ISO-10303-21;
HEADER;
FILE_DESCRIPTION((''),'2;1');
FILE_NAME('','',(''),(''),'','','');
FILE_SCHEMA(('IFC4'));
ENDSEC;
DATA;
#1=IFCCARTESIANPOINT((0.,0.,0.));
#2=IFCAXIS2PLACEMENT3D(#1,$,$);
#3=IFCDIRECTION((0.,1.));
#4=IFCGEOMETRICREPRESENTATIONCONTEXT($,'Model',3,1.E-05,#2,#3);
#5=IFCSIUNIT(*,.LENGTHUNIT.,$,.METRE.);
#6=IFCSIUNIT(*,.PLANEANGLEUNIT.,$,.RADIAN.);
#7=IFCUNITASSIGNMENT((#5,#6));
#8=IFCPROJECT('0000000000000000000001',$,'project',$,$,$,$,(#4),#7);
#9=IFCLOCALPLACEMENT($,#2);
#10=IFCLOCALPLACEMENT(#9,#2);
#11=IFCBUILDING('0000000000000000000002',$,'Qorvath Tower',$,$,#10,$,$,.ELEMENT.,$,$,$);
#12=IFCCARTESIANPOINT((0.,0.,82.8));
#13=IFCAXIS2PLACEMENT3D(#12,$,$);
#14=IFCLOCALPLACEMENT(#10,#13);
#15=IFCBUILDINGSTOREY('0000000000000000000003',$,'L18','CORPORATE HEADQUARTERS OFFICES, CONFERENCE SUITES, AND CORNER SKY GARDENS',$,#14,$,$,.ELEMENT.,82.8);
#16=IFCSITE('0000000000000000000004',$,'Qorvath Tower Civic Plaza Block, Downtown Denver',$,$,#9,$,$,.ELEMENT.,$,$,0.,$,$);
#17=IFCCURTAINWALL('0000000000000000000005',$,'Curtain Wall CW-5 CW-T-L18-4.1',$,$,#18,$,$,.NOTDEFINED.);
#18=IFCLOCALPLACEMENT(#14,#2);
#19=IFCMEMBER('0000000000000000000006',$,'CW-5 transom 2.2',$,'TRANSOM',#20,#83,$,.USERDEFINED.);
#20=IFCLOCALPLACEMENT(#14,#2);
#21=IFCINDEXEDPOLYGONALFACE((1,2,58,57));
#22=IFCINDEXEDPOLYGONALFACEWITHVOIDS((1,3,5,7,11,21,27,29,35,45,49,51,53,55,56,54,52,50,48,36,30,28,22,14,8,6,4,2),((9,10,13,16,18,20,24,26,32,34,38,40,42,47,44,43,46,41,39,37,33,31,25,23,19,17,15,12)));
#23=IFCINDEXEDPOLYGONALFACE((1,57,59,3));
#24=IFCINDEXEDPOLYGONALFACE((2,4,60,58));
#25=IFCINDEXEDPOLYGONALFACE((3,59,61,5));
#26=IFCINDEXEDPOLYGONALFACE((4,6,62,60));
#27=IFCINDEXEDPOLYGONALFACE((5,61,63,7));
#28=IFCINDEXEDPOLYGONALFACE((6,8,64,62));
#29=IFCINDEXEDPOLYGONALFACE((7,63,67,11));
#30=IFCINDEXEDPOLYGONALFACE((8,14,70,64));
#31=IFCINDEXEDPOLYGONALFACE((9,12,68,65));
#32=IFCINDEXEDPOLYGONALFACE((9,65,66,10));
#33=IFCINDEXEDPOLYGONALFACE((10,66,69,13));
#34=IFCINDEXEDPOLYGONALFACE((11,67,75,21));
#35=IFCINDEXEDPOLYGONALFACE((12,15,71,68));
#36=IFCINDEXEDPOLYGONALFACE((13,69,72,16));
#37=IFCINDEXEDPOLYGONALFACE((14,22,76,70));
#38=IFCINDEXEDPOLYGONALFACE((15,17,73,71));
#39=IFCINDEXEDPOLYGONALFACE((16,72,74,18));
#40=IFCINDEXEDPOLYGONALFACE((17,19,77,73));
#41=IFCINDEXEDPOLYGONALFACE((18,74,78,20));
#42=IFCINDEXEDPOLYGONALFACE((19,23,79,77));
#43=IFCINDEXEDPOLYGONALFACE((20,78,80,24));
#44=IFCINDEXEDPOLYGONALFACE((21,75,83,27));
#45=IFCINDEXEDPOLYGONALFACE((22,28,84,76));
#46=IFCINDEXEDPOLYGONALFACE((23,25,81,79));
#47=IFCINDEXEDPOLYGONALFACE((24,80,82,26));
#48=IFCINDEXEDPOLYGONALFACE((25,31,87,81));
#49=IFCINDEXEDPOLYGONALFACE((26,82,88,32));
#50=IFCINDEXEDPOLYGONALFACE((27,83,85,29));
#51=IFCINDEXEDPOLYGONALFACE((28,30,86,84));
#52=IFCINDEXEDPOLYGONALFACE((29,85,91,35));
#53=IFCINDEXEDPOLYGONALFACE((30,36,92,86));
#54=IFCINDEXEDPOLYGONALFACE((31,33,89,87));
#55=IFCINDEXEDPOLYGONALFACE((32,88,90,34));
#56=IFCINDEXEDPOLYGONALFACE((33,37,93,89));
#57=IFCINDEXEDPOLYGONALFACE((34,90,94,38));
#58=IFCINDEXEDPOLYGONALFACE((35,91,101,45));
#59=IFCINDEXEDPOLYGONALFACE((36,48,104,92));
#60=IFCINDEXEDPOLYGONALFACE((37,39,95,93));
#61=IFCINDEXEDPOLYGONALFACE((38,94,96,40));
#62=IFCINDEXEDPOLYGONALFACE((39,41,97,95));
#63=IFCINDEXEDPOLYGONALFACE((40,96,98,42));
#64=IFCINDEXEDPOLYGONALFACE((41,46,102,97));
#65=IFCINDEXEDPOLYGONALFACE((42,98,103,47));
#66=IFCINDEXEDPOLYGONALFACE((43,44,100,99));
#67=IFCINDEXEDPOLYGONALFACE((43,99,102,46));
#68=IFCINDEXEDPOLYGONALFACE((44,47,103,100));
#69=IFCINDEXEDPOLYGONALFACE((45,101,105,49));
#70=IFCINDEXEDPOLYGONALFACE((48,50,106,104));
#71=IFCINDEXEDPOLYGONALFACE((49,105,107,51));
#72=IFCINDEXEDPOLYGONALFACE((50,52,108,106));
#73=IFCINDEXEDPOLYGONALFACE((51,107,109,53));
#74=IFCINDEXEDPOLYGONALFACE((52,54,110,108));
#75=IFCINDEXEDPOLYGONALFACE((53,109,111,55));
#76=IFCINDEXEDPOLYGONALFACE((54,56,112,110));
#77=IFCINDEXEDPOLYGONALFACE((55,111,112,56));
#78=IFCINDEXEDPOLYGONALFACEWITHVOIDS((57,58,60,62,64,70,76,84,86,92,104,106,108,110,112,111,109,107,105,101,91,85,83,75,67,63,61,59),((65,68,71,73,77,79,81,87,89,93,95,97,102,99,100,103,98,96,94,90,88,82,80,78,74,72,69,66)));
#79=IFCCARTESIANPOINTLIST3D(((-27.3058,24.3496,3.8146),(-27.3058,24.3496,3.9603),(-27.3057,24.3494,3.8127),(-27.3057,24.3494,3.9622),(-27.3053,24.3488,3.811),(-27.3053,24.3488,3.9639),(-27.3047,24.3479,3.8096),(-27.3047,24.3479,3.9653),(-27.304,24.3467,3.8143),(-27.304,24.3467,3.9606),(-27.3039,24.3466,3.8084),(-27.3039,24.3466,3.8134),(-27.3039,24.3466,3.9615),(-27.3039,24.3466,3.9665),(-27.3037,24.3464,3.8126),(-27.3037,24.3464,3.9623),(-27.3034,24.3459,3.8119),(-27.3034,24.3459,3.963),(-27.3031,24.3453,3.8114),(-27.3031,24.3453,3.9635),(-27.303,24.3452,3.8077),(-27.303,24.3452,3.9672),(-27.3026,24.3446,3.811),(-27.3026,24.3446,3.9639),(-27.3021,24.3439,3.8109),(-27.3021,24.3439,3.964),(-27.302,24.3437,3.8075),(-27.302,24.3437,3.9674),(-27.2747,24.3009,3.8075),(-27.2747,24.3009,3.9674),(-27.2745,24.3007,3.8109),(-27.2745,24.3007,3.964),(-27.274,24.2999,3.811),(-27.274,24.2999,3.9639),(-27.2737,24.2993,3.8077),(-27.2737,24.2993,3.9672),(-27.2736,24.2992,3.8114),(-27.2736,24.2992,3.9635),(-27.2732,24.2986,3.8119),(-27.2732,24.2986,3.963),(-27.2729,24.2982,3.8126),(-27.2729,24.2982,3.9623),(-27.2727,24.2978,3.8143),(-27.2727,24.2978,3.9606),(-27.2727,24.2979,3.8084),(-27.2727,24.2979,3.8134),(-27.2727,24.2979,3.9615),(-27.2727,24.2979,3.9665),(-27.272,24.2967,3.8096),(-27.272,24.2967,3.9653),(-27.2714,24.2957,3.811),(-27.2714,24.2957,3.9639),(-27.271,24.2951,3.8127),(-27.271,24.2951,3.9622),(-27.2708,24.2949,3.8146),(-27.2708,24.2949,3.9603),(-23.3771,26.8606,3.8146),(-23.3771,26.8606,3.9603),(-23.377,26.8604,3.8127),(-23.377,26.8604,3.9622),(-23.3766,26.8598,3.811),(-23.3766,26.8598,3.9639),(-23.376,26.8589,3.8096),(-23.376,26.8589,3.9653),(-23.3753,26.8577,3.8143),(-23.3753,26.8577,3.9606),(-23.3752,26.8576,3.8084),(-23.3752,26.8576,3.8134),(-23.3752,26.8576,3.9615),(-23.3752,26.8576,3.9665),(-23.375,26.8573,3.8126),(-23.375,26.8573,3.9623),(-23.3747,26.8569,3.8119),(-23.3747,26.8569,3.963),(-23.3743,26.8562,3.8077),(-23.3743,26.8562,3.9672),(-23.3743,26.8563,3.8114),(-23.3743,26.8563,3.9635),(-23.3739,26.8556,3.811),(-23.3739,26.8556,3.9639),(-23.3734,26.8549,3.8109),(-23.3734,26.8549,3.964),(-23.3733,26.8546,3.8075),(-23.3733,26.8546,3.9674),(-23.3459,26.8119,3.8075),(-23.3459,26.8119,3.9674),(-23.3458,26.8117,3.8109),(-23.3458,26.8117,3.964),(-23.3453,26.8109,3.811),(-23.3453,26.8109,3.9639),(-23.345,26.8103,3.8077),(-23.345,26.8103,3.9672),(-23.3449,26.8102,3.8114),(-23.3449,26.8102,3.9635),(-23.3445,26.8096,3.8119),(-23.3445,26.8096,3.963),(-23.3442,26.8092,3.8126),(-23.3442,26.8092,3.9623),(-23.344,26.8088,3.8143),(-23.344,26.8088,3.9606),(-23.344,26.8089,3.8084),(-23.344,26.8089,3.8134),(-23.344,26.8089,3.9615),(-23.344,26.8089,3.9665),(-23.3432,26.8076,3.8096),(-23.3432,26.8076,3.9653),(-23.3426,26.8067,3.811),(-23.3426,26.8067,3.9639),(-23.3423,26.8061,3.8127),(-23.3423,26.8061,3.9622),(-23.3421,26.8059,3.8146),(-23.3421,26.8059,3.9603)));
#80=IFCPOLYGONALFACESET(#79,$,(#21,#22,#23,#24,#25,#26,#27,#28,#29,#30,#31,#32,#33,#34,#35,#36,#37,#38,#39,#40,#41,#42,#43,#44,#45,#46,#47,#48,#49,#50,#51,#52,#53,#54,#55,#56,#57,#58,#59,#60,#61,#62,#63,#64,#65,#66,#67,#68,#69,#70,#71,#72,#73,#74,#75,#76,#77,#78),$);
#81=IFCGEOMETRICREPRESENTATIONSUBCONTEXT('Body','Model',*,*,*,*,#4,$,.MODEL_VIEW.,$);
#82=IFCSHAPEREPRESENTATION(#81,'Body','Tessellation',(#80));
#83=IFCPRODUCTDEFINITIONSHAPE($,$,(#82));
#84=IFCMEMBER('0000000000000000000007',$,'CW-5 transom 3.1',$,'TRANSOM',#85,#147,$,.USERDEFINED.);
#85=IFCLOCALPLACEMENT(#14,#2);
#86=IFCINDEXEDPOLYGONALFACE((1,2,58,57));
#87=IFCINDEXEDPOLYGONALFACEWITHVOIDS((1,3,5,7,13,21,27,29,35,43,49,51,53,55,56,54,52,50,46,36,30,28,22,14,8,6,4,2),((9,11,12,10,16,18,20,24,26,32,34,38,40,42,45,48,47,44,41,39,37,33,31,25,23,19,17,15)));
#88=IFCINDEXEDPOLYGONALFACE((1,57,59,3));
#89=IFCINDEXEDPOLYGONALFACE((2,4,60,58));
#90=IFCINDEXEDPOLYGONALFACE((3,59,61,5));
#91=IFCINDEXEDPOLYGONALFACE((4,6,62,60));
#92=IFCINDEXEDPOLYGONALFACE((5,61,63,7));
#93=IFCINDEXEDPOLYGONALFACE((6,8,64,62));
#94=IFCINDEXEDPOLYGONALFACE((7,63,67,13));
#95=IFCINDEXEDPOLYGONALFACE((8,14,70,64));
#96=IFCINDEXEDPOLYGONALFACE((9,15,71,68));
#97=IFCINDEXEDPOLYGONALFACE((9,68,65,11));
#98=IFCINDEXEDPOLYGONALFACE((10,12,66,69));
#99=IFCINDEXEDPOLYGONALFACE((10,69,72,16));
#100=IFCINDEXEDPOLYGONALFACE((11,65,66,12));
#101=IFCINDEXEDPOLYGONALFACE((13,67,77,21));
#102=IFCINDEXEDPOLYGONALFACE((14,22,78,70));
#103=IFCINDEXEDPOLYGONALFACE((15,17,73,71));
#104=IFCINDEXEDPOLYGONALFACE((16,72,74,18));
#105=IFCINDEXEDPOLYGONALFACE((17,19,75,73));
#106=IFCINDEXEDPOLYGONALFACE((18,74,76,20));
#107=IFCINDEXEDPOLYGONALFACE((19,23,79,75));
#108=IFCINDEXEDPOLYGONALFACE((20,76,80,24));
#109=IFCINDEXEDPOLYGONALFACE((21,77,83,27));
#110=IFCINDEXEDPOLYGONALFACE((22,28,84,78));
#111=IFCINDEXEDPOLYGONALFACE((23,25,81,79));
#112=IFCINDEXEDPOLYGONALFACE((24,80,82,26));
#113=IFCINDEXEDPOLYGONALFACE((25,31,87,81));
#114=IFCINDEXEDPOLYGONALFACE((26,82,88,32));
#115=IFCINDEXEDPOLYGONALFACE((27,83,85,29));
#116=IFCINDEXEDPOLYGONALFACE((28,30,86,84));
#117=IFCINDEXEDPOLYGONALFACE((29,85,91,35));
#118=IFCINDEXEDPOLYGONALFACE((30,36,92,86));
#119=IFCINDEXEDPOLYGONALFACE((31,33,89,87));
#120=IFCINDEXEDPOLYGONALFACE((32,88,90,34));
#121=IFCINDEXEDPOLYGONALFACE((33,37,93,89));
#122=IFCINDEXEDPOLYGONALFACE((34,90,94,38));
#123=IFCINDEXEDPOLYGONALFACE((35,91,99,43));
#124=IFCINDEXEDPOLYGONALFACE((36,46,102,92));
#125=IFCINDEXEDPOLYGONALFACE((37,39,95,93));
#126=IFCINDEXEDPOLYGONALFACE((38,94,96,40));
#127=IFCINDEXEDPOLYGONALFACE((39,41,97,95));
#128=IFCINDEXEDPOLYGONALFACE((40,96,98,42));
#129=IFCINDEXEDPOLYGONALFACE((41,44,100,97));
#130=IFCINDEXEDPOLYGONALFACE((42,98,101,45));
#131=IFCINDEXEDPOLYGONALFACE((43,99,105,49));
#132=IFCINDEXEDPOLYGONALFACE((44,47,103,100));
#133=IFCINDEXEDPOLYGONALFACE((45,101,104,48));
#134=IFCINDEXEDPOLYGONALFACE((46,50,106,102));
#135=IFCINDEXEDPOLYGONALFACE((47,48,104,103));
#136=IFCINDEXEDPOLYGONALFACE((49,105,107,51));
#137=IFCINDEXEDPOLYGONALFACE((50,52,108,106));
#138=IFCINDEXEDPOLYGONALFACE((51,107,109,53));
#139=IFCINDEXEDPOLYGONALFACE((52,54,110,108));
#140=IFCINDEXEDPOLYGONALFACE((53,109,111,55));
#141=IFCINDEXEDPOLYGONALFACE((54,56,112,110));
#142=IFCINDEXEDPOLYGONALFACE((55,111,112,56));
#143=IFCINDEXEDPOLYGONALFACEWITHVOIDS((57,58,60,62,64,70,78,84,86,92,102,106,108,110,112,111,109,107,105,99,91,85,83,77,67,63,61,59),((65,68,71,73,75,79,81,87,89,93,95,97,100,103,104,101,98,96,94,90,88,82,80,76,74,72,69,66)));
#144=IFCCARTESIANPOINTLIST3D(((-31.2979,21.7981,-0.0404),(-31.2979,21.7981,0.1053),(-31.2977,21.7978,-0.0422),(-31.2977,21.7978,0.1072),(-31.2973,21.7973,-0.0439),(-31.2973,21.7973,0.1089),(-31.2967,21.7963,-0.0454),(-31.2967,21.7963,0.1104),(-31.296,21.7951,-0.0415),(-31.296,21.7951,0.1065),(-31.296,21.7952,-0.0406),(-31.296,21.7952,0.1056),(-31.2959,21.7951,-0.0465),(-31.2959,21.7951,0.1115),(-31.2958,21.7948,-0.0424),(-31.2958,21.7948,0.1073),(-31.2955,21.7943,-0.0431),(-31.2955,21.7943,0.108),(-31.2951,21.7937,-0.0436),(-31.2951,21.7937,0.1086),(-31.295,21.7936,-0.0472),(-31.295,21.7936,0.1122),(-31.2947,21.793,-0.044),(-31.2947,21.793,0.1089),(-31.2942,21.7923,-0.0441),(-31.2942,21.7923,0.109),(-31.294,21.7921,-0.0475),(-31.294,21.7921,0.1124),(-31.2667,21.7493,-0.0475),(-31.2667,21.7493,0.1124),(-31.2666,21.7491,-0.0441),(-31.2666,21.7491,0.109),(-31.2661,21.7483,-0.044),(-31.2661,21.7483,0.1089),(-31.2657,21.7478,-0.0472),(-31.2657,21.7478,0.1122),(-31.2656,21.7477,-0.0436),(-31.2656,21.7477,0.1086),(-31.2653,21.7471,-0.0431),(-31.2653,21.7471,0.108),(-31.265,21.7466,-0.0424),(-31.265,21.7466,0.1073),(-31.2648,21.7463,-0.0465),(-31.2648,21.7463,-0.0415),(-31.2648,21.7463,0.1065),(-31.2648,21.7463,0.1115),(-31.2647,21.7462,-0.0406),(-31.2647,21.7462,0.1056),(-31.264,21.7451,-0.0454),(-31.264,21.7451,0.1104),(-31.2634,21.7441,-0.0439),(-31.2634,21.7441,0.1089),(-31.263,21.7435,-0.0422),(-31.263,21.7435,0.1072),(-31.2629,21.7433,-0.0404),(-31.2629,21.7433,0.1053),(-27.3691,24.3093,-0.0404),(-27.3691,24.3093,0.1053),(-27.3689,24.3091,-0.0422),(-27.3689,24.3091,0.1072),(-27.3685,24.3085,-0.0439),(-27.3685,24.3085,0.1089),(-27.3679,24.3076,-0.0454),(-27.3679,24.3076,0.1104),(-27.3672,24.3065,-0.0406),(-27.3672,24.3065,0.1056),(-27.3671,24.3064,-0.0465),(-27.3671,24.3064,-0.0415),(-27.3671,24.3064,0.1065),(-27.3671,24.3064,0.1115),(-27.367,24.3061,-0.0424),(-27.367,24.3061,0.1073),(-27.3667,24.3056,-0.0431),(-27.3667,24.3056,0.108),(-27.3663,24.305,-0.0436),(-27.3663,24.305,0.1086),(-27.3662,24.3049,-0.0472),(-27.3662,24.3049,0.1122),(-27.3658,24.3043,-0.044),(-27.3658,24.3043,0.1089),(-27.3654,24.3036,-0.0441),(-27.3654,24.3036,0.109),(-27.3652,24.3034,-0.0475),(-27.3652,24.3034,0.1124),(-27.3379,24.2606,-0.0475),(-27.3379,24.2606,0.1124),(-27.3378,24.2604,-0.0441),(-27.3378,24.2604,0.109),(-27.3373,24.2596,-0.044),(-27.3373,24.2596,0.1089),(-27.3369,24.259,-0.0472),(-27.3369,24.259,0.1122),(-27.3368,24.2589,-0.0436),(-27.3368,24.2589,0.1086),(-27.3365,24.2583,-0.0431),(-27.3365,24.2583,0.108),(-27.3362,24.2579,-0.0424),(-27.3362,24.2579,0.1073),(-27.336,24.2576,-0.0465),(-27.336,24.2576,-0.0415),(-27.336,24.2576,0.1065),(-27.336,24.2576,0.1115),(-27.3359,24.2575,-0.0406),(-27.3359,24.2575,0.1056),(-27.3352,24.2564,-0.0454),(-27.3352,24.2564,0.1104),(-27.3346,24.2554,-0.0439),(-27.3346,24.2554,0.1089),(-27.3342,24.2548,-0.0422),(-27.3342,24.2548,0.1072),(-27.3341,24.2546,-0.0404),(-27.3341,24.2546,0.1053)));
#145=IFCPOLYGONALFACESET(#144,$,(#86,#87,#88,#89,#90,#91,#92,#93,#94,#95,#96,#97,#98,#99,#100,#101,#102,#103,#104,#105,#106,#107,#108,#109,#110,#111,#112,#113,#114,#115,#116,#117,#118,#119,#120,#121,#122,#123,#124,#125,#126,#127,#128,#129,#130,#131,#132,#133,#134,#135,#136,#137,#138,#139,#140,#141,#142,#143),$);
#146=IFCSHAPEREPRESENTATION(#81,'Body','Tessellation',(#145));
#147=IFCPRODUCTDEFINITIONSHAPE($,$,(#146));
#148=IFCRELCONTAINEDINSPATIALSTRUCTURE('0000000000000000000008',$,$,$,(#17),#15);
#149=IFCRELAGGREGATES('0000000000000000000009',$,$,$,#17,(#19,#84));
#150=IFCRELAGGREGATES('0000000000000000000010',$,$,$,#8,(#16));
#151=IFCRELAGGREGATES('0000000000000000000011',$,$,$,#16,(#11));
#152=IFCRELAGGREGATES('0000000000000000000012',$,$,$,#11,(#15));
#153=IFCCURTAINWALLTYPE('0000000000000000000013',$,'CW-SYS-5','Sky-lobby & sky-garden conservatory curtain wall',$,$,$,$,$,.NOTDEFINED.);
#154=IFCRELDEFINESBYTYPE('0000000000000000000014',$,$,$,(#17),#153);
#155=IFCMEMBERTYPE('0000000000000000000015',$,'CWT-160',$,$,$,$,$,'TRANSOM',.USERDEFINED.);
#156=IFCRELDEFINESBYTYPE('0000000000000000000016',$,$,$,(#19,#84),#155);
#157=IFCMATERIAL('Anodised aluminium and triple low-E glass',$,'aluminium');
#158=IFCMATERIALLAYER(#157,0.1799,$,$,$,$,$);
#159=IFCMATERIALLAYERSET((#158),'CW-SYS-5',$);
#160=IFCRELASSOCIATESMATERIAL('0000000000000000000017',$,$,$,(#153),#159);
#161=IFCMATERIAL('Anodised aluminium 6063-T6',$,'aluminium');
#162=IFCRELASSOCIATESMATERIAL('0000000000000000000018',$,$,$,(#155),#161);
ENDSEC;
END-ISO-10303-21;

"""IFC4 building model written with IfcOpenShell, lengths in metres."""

from ifc_helpers import new_model, si_unit, direction, frame, origin, origin_2d, place, context, subcontext, project, spatial, hollow_rectangle, extrude, material, layer, layer_set, material_profile, profile_set, type_object, element, aggregate, save


model = new_model("IFC4")

# Units and contexts
model_context = context("Model", 3, precision=1e-05, world=origin(), true_north=direction((0.0, 1.0)))
body_context = subcontext(model_context, "Body", "Model", "MODEL_VIEW")
ifc_project = project(units=[si_unit("LENGTHUNIT", "METRE"), si_unit("PLANEANGLEUNIT", "RADIAN")], contexts=[model_context])

# Site, building, storey
site_placement = place(None, origin())
site = spatial("IfcSite", under=ifc_project, at=site_placement, Name="Qorvath Tower Civic Plaza Block, Downtown Denver", CompositionType="ELEMENT", RefElevation=0.0)
building_placement = place(site_placement, origin())
building = spatial("IfcBuilding", under=site, at=building_placement, Name="Qorvath Tower", CompositionType="ELEMENT")
storey_placement = place(building_placement, frame((0.0, 0.0, 82.8)))
storey = spatial("IfcBuildingStorey", under=building, at=storey_placement, Name="L18", Description="CORPORATE HEADQUARTERS OFFICES, CONFERENCE SUITES, AND CORNER SKY GARDENS", CompositionType="ELEMENT", Elevation=82.8)

# Curtain wall, members
ifc_material_1 = material(Name="Anodised aluminium and triple low-E glass", Category="aluminium")
ifc_layer_1 = layer(ifc_material_1, 0.1799)
ifc_layer_set_1 = layer_set([ifc_layer_1], Name="CW-SYS-5")
curtain_wall_type = type_object("IfcCurtainWallType", Name="CW-SYS-5", Description="Sky-lobby & sky-garden conservatory curtain wall", PredefinedType="NOTDEFINED", material=ifc_layer_set_1)
curtain_wall_placement = place(storey_placement, origin())
curtain_wall = element("IfcCurtainWall", 1, at=curtain_wall_placement, inside=storey, type_object=curtain_wall_type, Name="Curtain Wall CW-5 CW-T-L18-4.1", PredefinedType="NOTDEFINED")
ifc_material_2 = material(Name="Anodised aluminium 6063-T6", Category="aluminium")
ifc_material_profile_1 = material_profile(ifc_material_2, hollow_rectangle(XDim=0.0649, YDim=0.1599, WallThickness=0.0034, InnerFilletRadius=0.0034, OuterFilletRadius=0.0071, at=origin_2d()), Name="CWT 160x65")
ifc_profile_set_1 = profile_set([ifc_material_profile_1], Name="Anodised aluminium 6063-T6")
member_type_1 = type_object("IfcMemberType", Name="CWT-160", ElementType="TRANSOM", PredefinedType="USERDEFINED", material=ifc_profile_set_1)
member_1_placement = place(storey_placement, frame((-23.3596, 26.8333, 3.8875), z_axis=(-0.842601, -0.538538, 0.0), x_axis=(0.538538, -0.842601, 0.0)))
member_1 = element("IfcMember", 2, at=member_1_placement, type_object=member_type_1, Name="CW-5 transom 2.2", ObjectType="TRANSOM", PredefinedType="USERDEFINED", context=body_context, shape_type="SweptSolid", body=[
    extrude(hollow_rectangle(XDim=0.0649, YDim=0.1599, WallThickness=0.0034, InnerFilletRadius=0.0034, OuterFilletRadius=0.0071, at=origin_2d()), origin(), (0.0, 0.0, 1.0), 4.6626),
])
member_2_placement = place(storey_placement, frame((-27.3516, 24.282, 0.0325), z_axis=(-0.842577, -0.538575, 0.0), x_axis=(0.538575, -0.842577, 0.0)))
member_2 = element("IfcMember", 3, at=member_2_placement, type_object=member_type_1, Name="CW-5 transom 3.1", ObjectType="TRANSOM", PredefinedType="USERDEFINED", context=body_context, shape_type="SweptSolid", body=[
    extrude(hollow_rectangle(XDim=0.0649, YDim=0.1599, WallThickness=0.0034, InnerFilletRadius=0.0034, OuterFilletRadius=0.0071, at=origin_2d()), origin(), (0.0, 0.0, 1.0), 4.6628),
])
aggregate(curtain_wall, [member_1, member_2])

save(model, "model.ifc")
